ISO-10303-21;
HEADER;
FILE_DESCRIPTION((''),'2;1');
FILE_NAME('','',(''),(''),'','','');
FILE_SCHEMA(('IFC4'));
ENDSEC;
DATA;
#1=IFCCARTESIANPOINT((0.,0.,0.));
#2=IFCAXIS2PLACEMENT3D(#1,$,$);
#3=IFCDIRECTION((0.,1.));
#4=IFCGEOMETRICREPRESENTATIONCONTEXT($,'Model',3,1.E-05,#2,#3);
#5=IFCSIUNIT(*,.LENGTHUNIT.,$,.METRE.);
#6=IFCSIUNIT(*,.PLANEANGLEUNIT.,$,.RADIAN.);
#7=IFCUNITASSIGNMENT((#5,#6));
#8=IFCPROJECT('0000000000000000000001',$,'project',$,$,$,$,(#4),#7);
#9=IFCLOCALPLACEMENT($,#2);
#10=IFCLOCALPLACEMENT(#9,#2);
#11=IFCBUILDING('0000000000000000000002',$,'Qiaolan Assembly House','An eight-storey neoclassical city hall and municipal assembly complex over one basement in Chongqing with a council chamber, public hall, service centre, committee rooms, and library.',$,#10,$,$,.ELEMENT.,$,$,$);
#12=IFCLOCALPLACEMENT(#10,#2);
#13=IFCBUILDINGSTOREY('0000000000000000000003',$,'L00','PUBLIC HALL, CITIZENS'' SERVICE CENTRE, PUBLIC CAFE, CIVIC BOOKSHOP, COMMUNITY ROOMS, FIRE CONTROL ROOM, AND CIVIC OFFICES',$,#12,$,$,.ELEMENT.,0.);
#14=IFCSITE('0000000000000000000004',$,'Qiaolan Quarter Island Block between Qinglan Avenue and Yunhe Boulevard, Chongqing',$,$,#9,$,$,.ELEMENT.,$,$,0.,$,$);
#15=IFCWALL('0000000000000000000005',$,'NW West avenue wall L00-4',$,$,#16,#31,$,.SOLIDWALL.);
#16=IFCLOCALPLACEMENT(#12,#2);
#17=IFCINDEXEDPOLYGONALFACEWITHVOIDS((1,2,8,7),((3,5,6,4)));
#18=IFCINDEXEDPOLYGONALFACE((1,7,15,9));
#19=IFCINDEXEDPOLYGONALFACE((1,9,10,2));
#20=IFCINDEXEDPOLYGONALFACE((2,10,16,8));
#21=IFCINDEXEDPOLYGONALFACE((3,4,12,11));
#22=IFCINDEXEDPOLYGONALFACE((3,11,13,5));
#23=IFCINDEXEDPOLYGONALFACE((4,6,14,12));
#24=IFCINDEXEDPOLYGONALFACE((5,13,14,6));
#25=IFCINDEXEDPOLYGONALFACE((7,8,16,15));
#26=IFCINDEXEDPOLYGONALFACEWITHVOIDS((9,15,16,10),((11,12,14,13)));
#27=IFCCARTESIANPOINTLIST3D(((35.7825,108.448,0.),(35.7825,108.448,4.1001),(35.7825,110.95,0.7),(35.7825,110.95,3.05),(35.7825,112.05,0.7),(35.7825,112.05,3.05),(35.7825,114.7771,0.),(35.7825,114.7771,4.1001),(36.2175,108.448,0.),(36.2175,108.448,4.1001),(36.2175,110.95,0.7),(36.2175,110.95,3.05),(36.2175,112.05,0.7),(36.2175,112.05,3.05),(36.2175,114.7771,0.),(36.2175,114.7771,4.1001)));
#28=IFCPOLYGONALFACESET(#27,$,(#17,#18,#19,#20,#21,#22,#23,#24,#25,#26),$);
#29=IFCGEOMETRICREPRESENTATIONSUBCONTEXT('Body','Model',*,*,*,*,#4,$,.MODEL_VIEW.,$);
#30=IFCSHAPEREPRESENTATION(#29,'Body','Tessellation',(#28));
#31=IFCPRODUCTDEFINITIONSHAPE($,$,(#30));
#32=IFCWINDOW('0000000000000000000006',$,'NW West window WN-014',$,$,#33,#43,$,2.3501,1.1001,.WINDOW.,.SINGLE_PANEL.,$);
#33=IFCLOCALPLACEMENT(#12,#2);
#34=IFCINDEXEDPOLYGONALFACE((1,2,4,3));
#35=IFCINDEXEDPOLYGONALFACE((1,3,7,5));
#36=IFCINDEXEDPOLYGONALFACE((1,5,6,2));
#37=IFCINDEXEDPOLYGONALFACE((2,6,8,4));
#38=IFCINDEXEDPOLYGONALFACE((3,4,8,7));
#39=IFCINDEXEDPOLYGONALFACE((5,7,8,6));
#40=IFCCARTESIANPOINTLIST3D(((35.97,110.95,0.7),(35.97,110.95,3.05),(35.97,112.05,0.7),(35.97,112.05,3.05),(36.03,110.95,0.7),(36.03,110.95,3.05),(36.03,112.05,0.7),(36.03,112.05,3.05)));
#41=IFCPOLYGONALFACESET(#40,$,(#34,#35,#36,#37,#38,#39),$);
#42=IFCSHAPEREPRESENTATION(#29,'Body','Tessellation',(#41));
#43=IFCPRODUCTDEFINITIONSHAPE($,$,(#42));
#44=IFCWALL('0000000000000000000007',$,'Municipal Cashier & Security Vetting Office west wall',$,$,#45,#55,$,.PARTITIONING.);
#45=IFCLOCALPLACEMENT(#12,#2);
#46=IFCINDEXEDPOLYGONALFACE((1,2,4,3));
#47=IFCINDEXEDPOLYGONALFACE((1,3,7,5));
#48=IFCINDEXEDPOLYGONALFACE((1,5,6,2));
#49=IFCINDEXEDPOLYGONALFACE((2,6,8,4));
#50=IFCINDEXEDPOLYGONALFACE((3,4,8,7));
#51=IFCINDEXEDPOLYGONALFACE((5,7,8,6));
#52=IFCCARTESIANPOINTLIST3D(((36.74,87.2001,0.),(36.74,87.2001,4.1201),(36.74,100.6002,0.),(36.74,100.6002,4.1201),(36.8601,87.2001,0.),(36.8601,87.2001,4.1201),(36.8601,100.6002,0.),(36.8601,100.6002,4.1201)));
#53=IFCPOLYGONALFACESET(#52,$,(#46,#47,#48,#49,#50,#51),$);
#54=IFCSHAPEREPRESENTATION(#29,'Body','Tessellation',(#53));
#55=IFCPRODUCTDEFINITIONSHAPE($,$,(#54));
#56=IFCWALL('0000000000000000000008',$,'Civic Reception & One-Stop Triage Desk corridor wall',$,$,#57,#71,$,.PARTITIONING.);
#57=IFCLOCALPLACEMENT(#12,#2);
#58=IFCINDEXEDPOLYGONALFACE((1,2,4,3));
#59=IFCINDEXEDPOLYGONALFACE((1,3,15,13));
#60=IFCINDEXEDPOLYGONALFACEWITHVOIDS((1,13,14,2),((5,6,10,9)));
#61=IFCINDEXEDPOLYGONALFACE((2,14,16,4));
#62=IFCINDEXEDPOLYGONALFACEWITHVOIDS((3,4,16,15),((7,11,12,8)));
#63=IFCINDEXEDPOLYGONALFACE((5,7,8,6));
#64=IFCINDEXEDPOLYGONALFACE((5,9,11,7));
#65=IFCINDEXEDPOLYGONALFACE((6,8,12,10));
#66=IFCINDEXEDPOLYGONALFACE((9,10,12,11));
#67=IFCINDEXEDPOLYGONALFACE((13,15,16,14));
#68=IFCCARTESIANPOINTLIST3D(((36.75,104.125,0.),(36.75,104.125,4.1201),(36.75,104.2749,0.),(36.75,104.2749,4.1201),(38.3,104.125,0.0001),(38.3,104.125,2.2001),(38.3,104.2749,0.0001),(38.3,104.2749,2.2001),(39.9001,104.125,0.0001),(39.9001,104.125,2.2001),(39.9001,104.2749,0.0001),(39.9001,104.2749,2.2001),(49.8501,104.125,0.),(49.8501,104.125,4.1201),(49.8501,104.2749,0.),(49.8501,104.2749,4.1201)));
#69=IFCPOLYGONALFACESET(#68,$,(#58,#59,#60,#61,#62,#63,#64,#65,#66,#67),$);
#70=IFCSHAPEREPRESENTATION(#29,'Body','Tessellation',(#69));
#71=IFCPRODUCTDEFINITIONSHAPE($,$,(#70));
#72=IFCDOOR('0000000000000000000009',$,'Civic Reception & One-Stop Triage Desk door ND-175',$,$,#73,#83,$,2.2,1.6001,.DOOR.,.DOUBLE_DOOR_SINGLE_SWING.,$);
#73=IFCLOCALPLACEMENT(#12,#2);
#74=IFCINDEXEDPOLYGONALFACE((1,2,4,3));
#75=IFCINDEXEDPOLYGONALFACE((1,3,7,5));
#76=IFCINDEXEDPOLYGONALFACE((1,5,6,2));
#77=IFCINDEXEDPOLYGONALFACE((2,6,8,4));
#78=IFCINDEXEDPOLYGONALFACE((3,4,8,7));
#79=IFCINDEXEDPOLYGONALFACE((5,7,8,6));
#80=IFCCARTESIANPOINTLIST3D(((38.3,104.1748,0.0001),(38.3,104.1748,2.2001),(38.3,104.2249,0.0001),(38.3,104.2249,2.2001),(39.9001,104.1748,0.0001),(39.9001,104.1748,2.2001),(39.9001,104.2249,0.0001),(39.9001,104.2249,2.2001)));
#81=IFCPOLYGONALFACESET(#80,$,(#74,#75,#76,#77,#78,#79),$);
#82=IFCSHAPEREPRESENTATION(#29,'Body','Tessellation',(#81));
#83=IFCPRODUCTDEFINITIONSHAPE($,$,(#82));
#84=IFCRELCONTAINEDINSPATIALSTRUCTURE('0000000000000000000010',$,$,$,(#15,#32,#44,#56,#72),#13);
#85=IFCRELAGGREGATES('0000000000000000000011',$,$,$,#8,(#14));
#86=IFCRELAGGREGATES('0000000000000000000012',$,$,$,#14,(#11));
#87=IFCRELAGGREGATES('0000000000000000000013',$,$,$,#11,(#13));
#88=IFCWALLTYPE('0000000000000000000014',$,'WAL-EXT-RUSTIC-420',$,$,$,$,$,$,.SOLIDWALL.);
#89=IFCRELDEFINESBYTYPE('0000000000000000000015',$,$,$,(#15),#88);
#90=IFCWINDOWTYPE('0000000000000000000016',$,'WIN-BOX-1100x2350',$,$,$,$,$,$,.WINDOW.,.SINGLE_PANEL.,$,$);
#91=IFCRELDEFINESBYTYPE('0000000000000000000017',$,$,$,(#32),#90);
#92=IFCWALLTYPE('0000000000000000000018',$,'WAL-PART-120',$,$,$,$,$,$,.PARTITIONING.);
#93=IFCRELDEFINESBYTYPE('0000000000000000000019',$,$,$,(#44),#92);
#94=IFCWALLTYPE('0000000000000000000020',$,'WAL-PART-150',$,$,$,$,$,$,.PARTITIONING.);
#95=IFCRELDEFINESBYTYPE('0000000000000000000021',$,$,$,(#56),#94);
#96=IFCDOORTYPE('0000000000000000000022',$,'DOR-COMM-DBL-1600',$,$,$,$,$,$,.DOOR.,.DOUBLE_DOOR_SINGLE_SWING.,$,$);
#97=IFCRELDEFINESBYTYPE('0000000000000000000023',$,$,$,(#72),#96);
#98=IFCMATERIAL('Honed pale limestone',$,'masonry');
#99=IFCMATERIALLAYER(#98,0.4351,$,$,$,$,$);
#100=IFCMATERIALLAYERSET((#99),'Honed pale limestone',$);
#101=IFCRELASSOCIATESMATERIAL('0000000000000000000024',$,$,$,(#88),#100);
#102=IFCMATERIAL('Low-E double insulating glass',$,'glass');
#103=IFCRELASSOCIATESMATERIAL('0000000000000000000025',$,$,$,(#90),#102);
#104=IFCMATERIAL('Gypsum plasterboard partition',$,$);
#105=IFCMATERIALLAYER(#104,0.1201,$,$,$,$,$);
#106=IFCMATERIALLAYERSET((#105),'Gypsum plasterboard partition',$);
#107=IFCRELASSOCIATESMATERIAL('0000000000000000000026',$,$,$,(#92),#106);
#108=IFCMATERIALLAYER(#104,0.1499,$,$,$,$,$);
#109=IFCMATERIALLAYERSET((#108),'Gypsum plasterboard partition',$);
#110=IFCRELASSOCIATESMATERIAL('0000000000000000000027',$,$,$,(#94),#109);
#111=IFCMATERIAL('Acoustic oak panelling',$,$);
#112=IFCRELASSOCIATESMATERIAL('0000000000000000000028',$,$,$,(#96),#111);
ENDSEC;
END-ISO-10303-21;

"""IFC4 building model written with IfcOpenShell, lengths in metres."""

from ifc_helpers import new_model, si_unit, direction, frame, frame_2d, origin, place, context, subcontext, project, spatial, rectangle, extrude, material, layer, layer_set, type_object, element, fill, save


model = new_model("IFC4")

# Units and contexts
model_context = context("Model", 3, precision=1e-05, world=origin(), true_north=direction((0.0, 1.0)))
body_context = subcontext(model_context, "Body", "Model", "MODEL_VIEW")
ifc_project = project(units=[si_unit("LENGTHUNIT", "METRE"), si_unit("PLANEANGLEUNIT", "RADIAN")], contexts=[model_context])

# Site, building, storey
site_placement = place(None, origin())
site = spatial("IfcSite", under=ifc_project, at=site_placement, Name="Qiaolan Quarter Island Block between Qinglan Avenue and Yunhe Boulevard, Chongqing", CompositionType="ELEMENT", RefElevation=0.0)
building_placement = place(site_placement, origin())
building = spatial("IfcBuilding", under=site, at=building_placement, Name="Qiaolan Assembly House", Description="An eight-storey neoclassical city hall and municipal assembly complex over one basement in Chongqing with a council chamber, public hall, service centre, committee rooms, and library.", CompositionType="ELEMENT")
storey_placement = place(building_placement, origin())
storey = spatial("IfcBuildingStorey", under=building, at=storey_placement, Name="L00", Description="PUBLIC HALL, CITIZENS' SERVICE CENTRE, PUBLIC CAFE, CIVIC BOOKSHOP, COMMUNITY ROOMS, FIRE CONTROL ROOM, AND CIVIC OFFICES", CompositionType="ELEMENT", Elevation=0.0)

# Shared definitions
ifc_material_1 = material(Name="Honed pale limestone", Category="masonry")
ifc_layer_1 = layer(ifc_material_1, 0.4351)
ifc_layer_set_1 = layer_set([ifc_layer_1], Name="Honed pale limestone")
wall_type_1 = type_object("IfcWallType", Name="WAL-EXT-RUSTIC-420", PredefinedType="SOLIDWALL", material=ifc_layer_set_1)
ifc_material_2 = material(Name="Low-E double insulating glass", Category="glass")
window_type_1 = type_object("IfcWindowType", Name="WIN-BOX-1100x2350", PartitioningType="SINGLE_PANEL", PredefinedType="WINDOW", material=ifc_material_2)

# Wall, opening, window
wall_1_placement = place(storey_placement, frame((36.0, 108.448, 0.0), z_axis=(0.0, 0.0, 1.0), x_axis=(0.0, 1.0, 0.0)))
wall_1 = element("IfcWall", 1, at=wall_1_placement, inside=storey, type_object=wall_type_1, Name="NW West avenue wall L00-4", PredefinedType="SOLIDWALL", context=body_context, shape_type="SweptSolid", body=[
    extrude(rectangle(XDim=6.3291, YDim=0.4351, at=frame_2d((3.1646, 0.0))), origin(), (0.0, 0.0, 1.0), 4.1001),
])
opening_1_placement = place(wall_1_placement, frame((2.502, 0.0, 0.7)))
opening_1 = element("IfcOpeningElement", 2, at=opening_1_placement, cuts=wall_1, PredefinedType="OPENING", context=body_context, shape_type="SweptSolid", body=[
    extrude(rectangle(XDim=1.1001, YDim=2.3501, at=frame_2d((0.55, 1.175))), frame((0.0, 0.2275, 0.0), z_axis=(0.0, -1.0, 0.0), x_axis=(1.0, 0.0, 0.0)), (0.0, 0.0, 1.0), 0.4551),
])
window_1_placement = place(opening_1_placement, origin())
window_1 = element("IfcWindow", 3, at=window_1_placement, inside=storey, type_object=window_type_1, Name="NW West window WN-014", OverallHeight=2.3501, OverallWidth=1.1001, PartitioningType="SINGLE_PANEL", PredefinedType="WINDOW", context=body_context, shape_type="SweptSolid", body=[
    extrude(rectangle(XDim=1.1001, YDim=2.3501, at=frame_2d((0.55, 1.175))), frame((0.0, 0.03, 0.0), z_axis=(0.0, -1.0, 0.0), x_axis=(1.0, 0.0, 0.0)), (0.0, 0.0, 1.0), 0.0601),
])
fill(opening_1, window_1)

# Wall
ifc_material_3 = material(Name="Gypsum plasterboard partition")
ifc_layer_2 = layer(ifc_material_3, 0.1201)
ifc_layer_set_2 = layer_set([ifc_layer_2], Name="Gypsum plasterboard partition")
wall_type_2 = type_object("IfcWallType", Name="WAL-PART-120", PredefinedType="PARTITIONING", material=ifc_layer_set_2)
wall_2_placement = place(storey_placement, frame((36.8, 87.2, 0.0), z_axis=(0.0, 0.0, 1.0), x_axis=(0.0, 1.0, 0.0)))
element("IfcWall", 4, at=wall_2_placement, inside=storey, type_object=wall_type_2, Name="Municipal Cashier & Security Vetting Office west wall", PredefinedType="PARTITIONING", context=body_context, shape_type="SweptSolid", body=[
    extrude(rectangle(XDim=13.4001, YDim=0.1201, at=frame_2d((6.7002, 0.0))), origin(), (0.0, 0.0, 1.0), 4.1201),
])

# Wall, opening, door
ifc_layer_3 = layer(ifc_material_3, 0.1499)
ifc_layer_set_3 = layer_set([ifc_layer_3], Name="Gypsum plasterboard partition")
wall_type_3 = type_object("IfcWallType", Name="WAL-PART-150", PredefinedType="PARTITIONING", material=ifc_layer_set_3)
wall_3_placement = place(storey_placement, frame((36.75, 104.2, 0.0), z_axis=(0.0, 0.0, 1.0), x_axis=(1.0, 0.0, 0.0)))
wall_3 = element("IfcWall", 5, at=wall_3_placement, inside=storey, type_object=wall_type_3, Name="Civic Reception & One-Stop Triage Desk corridor wall", PredefinedType="PARTITIONING", context=body_context, shape_type="SweptSolid", body=[
    extrude(rectangle(XDim=13.1001, YDim=0.1499, at=frame_2d((6.55, 0.0))), origin(), (0.0, 0.0, 1.0), 4.1201),
])
opening_2_placement = place(wall_3_placement, frame((1.55, 0.0, 0.0)))
opening_2 = element("IfcOpeningElement", 6, at=opening_2_placement, cuts=wall_3, PredefinedType="OPENING", context=body_context, shape_type="SweptSolid", body=[
    extrude(rectangle(XDim=1.6001, YDim=2.2, at=frame_2d((0.8, 1.1001))), frame((0.0, 0.085, 0.0), z_axis=(0.0, -1.0, 0.0), x_axis=(1.0, 0.0, 0.0)), (0.0, 0.0, 1.0), 0.1699),
])
ifc_material_4 = material(Name="Acoustic oak panelling")
door_type_1 = type_object("IfcDoorType", Name="DOR-COMM-DBL-1600", OperationType="DOUBLE_DOOR_SINGLE_SWING", PredefinedType="DOOR", material=ifc_material_4)
door_1_placement = place(opening_2_placement, origin())
door_1 = element("IfcDoor", 7, at=door_1_placement, inside=storey, type_object=door_type_1, Name="Civic Reception & One-Stop Triage Desk door ND-175", OperationType="DOUBLE_DOOR_SINGLE_SWING", OverallHeight=2.2, OverallWidth=1.6001, PredefinedType="DOOR", context=body_context, shape_type="SweptSolid", body=[
    extrude(rectangle(XDim=1.6001, YDim=2.2, at=frame_2d((0.8, 1.1001))), frame((0.0, 0.0249, 0.0), z_axis=(0.0, -1.0, 0.0), x_axis=(1.0, 0.0, 0.0)), (0.0, 0.0, 1.0), 0.05),
])
fill(opening_2, door_1)

save(model, "model.ifc")
